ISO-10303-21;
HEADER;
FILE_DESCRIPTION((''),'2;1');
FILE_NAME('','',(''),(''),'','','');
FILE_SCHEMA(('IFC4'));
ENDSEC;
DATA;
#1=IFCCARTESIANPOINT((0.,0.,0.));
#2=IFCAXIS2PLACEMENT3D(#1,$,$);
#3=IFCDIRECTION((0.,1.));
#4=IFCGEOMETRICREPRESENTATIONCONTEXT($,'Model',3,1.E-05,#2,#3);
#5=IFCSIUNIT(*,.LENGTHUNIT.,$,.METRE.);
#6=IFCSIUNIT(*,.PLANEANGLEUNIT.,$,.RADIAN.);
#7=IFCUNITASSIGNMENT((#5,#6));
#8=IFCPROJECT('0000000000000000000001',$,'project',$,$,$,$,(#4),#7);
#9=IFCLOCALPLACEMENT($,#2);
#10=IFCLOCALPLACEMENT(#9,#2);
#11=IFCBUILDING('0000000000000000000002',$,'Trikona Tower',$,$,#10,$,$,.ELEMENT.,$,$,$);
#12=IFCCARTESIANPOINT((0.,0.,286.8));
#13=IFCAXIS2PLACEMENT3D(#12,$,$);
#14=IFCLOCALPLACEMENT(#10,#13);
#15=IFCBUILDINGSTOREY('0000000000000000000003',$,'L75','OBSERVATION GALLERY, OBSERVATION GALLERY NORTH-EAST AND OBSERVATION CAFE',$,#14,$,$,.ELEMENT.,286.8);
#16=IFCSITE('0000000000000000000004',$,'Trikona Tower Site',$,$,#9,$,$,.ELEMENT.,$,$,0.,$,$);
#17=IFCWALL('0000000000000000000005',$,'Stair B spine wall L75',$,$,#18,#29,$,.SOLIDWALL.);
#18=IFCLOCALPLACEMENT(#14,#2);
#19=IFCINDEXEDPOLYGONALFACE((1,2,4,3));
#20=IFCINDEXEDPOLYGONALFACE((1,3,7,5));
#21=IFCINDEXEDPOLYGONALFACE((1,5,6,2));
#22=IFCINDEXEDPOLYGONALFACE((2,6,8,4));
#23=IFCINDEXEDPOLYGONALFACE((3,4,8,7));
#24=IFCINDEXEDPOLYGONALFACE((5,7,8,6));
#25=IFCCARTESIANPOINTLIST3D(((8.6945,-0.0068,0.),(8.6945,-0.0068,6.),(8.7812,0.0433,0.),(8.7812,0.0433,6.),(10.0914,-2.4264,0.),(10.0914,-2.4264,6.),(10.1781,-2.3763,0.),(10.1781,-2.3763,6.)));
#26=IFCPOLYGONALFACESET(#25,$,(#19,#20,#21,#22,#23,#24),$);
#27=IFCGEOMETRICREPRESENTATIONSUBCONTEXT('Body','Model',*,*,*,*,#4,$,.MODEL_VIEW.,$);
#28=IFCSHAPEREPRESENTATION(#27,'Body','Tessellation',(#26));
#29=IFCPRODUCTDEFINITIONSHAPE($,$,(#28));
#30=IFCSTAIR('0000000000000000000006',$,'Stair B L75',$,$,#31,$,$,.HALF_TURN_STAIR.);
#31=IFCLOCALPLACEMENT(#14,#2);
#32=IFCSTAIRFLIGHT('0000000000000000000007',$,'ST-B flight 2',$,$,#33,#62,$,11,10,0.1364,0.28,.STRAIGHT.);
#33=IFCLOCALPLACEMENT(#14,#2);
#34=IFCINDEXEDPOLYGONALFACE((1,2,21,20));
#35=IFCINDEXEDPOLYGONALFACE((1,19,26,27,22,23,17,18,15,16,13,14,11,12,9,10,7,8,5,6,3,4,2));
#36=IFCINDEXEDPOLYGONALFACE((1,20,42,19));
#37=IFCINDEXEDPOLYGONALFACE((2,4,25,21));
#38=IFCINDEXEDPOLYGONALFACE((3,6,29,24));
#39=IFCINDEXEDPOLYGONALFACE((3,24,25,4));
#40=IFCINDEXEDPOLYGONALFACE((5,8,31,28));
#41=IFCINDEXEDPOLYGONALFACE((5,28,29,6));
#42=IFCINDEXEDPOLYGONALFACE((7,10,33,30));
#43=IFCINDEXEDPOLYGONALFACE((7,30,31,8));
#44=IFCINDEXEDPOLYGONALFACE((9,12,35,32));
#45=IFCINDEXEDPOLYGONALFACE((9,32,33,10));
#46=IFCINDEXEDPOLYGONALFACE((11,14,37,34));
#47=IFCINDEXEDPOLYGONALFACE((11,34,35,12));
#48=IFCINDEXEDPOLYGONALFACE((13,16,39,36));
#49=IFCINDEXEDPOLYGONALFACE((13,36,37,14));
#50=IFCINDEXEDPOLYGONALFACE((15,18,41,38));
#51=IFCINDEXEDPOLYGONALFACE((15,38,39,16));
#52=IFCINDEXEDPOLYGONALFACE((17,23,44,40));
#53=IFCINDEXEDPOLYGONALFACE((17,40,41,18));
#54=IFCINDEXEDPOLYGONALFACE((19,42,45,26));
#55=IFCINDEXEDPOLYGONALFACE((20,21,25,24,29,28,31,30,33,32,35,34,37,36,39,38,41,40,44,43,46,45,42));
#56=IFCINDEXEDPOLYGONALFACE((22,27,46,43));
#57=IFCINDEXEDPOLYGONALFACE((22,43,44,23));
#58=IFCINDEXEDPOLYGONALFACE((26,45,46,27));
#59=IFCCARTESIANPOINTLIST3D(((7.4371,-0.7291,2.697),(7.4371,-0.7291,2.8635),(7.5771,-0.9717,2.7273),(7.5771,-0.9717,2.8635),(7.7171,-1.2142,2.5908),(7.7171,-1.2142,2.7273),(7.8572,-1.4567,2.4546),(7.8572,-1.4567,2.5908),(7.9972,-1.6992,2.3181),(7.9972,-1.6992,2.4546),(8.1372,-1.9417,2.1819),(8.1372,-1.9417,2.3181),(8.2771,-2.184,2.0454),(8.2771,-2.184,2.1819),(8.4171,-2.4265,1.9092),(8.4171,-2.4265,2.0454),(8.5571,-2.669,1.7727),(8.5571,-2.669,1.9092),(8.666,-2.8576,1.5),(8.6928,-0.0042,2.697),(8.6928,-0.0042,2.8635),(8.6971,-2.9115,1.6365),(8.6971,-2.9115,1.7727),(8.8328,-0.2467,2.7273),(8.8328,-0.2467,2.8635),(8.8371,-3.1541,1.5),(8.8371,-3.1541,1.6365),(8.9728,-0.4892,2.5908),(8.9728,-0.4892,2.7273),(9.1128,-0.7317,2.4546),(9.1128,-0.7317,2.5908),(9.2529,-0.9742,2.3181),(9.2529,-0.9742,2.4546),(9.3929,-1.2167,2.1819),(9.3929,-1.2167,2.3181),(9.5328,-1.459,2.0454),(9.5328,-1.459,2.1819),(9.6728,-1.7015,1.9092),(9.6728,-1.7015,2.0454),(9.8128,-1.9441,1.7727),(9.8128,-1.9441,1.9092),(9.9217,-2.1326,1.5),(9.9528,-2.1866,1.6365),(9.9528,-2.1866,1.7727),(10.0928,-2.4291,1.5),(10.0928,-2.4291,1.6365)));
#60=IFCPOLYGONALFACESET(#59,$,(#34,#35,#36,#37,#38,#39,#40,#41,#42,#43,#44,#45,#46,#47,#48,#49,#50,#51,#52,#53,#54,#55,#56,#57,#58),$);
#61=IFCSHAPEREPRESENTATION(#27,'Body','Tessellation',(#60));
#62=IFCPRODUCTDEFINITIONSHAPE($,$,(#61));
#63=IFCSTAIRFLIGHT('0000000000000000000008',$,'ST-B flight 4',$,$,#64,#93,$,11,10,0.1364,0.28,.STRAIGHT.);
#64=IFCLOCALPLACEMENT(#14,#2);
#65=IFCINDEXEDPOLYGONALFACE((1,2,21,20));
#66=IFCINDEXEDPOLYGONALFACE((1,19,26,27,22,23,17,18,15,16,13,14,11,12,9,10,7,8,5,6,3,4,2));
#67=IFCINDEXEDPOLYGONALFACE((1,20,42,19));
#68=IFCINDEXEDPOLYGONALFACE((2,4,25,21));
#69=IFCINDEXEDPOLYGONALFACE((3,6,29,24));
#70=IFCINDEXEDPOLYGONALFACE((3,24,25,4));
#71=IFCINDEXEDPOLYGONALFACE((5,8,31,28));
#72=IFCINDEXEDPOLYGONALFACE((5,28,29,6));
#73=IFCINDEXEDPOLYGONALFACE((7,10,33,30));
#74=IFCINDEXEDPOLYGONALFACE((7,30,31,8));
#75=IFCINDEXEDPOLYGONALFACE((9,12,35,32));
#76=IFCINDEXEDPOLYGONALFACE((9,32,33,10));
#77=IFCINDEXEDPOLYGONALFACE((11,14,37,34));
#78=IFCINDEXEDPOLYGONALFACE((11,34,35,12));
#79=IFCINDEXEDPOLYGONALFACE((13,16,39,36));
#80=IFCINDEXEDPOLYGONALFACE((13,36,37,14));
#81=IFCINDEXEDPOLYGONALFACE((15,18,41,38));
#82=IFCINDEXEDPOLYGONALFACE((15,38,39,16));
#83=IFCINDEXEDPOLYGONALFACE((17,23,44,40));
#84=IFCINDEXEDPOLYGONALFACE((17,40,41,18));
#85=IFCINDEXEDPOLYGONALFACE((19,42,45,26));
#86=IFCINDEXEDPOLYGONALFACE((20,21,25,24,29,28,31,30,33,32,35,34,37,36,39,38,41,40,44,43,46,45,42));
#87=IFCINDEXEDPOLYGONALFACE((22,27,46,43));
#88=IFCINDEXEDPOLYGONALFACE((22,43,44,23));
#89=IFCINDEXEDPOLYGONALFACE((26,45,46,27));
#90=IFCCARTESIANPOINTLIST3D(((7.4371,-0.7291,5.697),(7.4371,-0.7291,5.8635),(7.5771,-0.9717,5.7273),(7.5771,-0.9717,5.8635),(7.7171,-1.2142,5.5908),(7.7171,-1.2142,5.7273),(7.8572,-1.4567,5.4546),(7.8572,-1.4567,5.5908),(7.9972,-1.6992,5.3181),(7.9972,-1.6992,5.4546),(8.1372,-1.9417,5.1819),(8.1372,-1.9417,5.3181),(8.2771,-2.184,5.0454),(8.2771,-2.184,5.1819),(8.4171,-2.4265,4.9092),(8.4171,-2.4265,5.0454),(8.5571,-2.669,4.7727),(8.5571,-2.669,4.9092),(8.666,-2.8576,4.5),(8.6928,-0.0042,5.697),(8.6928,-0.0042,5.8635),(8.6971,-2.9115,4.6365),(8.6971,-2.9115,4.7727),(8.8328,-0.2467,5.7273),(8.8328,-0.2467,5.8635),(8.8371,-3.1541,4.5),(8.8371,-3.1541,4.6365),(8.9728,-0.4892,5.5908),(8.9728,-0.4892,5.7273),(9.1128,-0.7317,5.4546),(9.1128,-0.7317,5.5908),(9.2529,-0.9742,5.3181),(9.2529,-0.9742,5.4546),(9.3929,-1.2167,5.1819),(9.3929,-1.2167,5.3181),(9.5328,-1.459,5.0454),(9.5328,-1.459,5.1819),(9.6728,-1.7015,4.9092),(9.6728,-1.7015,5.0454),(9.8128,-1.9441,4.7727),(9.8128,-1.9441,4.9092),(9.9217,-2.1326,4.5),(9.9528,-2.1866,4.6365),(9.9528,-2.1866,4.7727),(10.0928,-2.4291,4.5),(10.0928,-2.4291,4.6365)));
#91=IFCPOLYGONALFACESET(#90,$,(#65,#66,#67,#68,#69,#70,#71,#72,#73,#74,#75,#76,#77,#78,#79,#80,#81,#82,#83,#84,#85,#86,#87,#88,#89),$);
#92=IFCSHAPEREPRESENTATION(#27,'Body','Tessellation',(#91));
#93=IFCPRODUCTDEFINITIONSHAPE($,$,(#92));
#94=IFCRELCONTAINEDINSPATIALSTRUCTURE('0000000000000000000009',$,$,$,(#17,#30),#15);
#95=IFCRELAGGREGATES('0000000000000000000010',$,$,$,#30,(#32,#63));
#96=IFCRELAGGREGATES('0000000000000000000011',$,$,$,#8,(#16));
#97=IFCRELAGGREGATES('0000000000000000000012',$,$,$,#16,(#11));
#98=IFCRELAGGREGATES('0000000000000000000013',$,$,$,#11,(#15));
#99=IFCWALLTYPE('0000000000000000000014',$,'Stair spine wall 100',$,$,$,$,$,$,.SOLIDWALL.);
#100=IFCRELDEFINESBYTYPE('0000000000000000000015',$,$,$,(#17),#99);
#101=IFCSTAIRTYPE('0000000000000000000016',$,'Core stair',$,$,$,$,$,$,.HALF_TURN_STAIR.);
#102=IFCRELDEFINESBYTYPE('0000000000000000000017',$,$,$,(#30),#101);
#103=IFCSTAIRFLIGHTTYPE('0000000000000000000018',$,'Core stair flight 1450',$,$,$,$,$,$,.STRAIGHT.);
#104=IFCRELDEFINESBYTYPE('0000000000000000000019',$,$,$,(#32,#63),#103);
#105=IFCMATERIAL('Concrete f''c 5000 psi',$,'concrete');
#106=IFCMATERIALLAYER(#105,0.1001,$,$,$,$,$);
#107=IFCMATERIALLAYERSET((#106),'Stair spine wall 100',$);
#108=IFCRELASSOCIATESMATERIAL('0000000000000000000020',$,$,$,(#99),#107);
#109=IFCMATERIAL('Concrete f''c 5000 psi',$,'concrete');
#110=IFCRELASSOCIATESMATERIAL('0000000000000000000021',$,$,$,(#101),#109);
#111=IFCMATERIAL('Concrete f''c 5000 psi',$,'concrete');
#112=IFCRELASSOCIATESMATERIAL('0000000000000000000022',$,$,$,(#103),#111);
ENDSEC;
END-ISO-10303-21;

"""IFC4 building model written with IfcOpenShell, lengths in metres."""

from ifc_helpers import new_model, si_unit, direction, frame, frame_2d, origin, place, context, subcontext, project, spatial, polyline, rectangle, outline, extrude, material, layer, layer_set, type_object, element, aggregate, save


model = new_model("IFC4")

# Units and contexts
model_context = context("Model", 3, precision=1e-05, world=origin(), true_north=direction((0.0, 1.0)))
body_context = subcontext(model_context, "Body", "Model", "MODEL_VIEW")
ifc_project = project(units=[si_unit("LENGTHUNIT", "METRE"), si_unit("PLANEANGLEUNIT", "RADIAN")], contexts=[model_context])

# Site, building, storey
site_placement = place(None, origin())
site = spatial("IfcSite", under=ifc_project, at=site_placement, Name="Trikona Tower Site", CompositionType="ELEMENT", RefElevation=0.0)
building_placement = place(site_placement, origin())
building = spatial("IfcBuilding", under=site, at=building_placement, Name="Trikona Tower", CompositionType="ELEMENT")
storey_placement = place(building_placement, frame((0.0, 0.0, 286.8)))
storey = spatial("IfcBuildingStorey", under=building, at=storey_placement, Name="L75", Description="OBSERVATION GALLERY, OBSERVATION GALLERY NORTH-EAST AND OBSERVATION CAFE", CompositionType="ELEMENT", Elevation=286.8)

# Wall
ifc_material_1 = material(Name="Concrete f'c 5000 psi", Category="concrete")
ifc_layer_1 = layer(ifc_material_1, 0.1001)
ifc_layer_set_1 = layer_set([ifc_layer_1], Name="Stair spine wall 100")
wall_type_1 = type_object("IfcWallType", Name="Stair spine wall 100", PredefinedType="SOLIDWALL", material=ifc_layer_set_1)
wall_1_placement = place(storey_placement, frame((10.1348, -2.4014, 0.0), z_axis=(0.0, 0.0, 1.0), x_axis=(-0.499992, 0.86603, 0.0)))
element("IfcWall", 1, at=wall_1_placement, inside=storey, type_object=wall_type_1, Name="Stair B spine wall L75", PredefinedType="SOLIDWALL", context=body_context, shape_type="SweptSolid", body=[
    extrude(rectangle(XDim=2.7939, YDim=0.1001, at=frame_2d((1.397, 0.0))), origin(), (0.0, 0.0, 1.0), 6.0),
])

# Stair, stair flights
ifc_material_2 = material(Name="Concrete f'c 5000 psi", Category="concrete")
stair_type = type_object("IfcStairType", Name="Core stair", PredefinedType="HALF_TURN_STAIR", material=ifc_material_2)
stair_placement = place(storey_placement, origin())
stair = element("IfcStair", 2, at=stair_placement, inside=storey, type_object=stair_type, Name="Stair B L75", PredefinedType="HALF_TURN_STAIR")
ifc_material_3 = material(Name="Concrete f'c 5000 psi", Category="concrete")
stair_flight_type = type_object("IfcStairFlightType", Name="Core stair flight 1450", PredefinedType="STRAIGHT", material=ifc_material_3)
stair_flight_1_placement = place(storey_placement, frame((9.4651, -2.7915, 1.5), z_axis=(0.0, 0.0, 1.0), x_axis=(-0.5, 0.866025, 0.0)))
stair_flight_1 = element("IfcStairFlight", 3, at=stair_flight_1_placement, type_object=stair_flight_type, Name="ST-B flight 2", NumberOfRisers=11, NumberOfTreads=10, PredefinedType="STRAIGHT", RiserHeight=0.1364, TreadLength=0.28, context=body_context, shape_type="SweptSolid", body=[
    extrude(outline(polyline([(0.0, 0.0), (0.0, 0.1365), (0.28, 0.1365), (0.28, 0.2727), (0.5601, 0.2727), (0.5601, 0.4092), (0.8401, 0.4092), (0.8401, 0.5454), (1.1201, 0.5454), (1.1201, 0.6819), (1.3999, 0.6819), (1.3999, 0.8181), (1.6799, 0.8181), (1.6799, 0.9546), (1.96, 0.9546), (1.96, 1.0908), (2.24, 1.0908), (2.24, 1.2273), (2.52, 1.2273), (2.52, 1.3635), (2.8, 1.3635), (2.8, 1.5), (2.8, 1.197), (0.3423, 0.0), (0.0, 0.0)])), frame((0.0, 0.7251, 0.0), z_axis=(0.0, -1.0, 0.0), x_axis=(1.0, 0.0, 0.0)), (0.0, 0.0, 1.0), 1.45),
])
stair_flight_2_placement = place(storey_placement, frame((9.4651, -2.7915, 4.5), z_axis=(0.0, 0.0, 1.0), x_axis=(-0.5, 0.866025, 0.0)))
stair_flight_2 = element("IfcStairFlight", 4, at=stair_flight_2_placement, type_object=stair_flight_type, Name="ST-B flight 4", NumberOfRisers=11, NumberOfTreads=10, PredefinedType="STRAIGHT", RiserHeight=0.1364, TreadLength=0.28, context=body_context, shape_type="SweptSolid", body=[
    extrude(outline(polyline([(0.0, 0.0), (0.0, 0.1365), (0.28, 0.1365), (0.28, 0.2727), (0.5601, 0.2727), (0.5601, 0.4092), (0.8401, 0.4092), (0.8401, 0.5454), (1.1201, 0.5454), (1.1201, 0.6819), (1.3999, 0.6819), (1.3999, 0.8181), (1.6799, 0.8181), (1.6799, 0.9546), (1.96, 0.9546), (1.96, 1.0908), (2.24, 1.0908), (2.24, 1.2273), (2.52, 1.2273), (2.52, 1.3635), (2.8, 1.3635), (2.8, 1.5), (2.8, 1.197), (0.3423, 0.0), (0.0, 0.0)])), frame((0.0, 0.7251, 0.0), z_axis=(0.0, -1.0, 0.0), x_axis=(1.0, 0.0, 0.0)), (0.0, 0.0, 1.0), 1.45),
])
aggregate(stair, [stair_flight_1, stair_flight_2])

save(model, "model.ifc")
